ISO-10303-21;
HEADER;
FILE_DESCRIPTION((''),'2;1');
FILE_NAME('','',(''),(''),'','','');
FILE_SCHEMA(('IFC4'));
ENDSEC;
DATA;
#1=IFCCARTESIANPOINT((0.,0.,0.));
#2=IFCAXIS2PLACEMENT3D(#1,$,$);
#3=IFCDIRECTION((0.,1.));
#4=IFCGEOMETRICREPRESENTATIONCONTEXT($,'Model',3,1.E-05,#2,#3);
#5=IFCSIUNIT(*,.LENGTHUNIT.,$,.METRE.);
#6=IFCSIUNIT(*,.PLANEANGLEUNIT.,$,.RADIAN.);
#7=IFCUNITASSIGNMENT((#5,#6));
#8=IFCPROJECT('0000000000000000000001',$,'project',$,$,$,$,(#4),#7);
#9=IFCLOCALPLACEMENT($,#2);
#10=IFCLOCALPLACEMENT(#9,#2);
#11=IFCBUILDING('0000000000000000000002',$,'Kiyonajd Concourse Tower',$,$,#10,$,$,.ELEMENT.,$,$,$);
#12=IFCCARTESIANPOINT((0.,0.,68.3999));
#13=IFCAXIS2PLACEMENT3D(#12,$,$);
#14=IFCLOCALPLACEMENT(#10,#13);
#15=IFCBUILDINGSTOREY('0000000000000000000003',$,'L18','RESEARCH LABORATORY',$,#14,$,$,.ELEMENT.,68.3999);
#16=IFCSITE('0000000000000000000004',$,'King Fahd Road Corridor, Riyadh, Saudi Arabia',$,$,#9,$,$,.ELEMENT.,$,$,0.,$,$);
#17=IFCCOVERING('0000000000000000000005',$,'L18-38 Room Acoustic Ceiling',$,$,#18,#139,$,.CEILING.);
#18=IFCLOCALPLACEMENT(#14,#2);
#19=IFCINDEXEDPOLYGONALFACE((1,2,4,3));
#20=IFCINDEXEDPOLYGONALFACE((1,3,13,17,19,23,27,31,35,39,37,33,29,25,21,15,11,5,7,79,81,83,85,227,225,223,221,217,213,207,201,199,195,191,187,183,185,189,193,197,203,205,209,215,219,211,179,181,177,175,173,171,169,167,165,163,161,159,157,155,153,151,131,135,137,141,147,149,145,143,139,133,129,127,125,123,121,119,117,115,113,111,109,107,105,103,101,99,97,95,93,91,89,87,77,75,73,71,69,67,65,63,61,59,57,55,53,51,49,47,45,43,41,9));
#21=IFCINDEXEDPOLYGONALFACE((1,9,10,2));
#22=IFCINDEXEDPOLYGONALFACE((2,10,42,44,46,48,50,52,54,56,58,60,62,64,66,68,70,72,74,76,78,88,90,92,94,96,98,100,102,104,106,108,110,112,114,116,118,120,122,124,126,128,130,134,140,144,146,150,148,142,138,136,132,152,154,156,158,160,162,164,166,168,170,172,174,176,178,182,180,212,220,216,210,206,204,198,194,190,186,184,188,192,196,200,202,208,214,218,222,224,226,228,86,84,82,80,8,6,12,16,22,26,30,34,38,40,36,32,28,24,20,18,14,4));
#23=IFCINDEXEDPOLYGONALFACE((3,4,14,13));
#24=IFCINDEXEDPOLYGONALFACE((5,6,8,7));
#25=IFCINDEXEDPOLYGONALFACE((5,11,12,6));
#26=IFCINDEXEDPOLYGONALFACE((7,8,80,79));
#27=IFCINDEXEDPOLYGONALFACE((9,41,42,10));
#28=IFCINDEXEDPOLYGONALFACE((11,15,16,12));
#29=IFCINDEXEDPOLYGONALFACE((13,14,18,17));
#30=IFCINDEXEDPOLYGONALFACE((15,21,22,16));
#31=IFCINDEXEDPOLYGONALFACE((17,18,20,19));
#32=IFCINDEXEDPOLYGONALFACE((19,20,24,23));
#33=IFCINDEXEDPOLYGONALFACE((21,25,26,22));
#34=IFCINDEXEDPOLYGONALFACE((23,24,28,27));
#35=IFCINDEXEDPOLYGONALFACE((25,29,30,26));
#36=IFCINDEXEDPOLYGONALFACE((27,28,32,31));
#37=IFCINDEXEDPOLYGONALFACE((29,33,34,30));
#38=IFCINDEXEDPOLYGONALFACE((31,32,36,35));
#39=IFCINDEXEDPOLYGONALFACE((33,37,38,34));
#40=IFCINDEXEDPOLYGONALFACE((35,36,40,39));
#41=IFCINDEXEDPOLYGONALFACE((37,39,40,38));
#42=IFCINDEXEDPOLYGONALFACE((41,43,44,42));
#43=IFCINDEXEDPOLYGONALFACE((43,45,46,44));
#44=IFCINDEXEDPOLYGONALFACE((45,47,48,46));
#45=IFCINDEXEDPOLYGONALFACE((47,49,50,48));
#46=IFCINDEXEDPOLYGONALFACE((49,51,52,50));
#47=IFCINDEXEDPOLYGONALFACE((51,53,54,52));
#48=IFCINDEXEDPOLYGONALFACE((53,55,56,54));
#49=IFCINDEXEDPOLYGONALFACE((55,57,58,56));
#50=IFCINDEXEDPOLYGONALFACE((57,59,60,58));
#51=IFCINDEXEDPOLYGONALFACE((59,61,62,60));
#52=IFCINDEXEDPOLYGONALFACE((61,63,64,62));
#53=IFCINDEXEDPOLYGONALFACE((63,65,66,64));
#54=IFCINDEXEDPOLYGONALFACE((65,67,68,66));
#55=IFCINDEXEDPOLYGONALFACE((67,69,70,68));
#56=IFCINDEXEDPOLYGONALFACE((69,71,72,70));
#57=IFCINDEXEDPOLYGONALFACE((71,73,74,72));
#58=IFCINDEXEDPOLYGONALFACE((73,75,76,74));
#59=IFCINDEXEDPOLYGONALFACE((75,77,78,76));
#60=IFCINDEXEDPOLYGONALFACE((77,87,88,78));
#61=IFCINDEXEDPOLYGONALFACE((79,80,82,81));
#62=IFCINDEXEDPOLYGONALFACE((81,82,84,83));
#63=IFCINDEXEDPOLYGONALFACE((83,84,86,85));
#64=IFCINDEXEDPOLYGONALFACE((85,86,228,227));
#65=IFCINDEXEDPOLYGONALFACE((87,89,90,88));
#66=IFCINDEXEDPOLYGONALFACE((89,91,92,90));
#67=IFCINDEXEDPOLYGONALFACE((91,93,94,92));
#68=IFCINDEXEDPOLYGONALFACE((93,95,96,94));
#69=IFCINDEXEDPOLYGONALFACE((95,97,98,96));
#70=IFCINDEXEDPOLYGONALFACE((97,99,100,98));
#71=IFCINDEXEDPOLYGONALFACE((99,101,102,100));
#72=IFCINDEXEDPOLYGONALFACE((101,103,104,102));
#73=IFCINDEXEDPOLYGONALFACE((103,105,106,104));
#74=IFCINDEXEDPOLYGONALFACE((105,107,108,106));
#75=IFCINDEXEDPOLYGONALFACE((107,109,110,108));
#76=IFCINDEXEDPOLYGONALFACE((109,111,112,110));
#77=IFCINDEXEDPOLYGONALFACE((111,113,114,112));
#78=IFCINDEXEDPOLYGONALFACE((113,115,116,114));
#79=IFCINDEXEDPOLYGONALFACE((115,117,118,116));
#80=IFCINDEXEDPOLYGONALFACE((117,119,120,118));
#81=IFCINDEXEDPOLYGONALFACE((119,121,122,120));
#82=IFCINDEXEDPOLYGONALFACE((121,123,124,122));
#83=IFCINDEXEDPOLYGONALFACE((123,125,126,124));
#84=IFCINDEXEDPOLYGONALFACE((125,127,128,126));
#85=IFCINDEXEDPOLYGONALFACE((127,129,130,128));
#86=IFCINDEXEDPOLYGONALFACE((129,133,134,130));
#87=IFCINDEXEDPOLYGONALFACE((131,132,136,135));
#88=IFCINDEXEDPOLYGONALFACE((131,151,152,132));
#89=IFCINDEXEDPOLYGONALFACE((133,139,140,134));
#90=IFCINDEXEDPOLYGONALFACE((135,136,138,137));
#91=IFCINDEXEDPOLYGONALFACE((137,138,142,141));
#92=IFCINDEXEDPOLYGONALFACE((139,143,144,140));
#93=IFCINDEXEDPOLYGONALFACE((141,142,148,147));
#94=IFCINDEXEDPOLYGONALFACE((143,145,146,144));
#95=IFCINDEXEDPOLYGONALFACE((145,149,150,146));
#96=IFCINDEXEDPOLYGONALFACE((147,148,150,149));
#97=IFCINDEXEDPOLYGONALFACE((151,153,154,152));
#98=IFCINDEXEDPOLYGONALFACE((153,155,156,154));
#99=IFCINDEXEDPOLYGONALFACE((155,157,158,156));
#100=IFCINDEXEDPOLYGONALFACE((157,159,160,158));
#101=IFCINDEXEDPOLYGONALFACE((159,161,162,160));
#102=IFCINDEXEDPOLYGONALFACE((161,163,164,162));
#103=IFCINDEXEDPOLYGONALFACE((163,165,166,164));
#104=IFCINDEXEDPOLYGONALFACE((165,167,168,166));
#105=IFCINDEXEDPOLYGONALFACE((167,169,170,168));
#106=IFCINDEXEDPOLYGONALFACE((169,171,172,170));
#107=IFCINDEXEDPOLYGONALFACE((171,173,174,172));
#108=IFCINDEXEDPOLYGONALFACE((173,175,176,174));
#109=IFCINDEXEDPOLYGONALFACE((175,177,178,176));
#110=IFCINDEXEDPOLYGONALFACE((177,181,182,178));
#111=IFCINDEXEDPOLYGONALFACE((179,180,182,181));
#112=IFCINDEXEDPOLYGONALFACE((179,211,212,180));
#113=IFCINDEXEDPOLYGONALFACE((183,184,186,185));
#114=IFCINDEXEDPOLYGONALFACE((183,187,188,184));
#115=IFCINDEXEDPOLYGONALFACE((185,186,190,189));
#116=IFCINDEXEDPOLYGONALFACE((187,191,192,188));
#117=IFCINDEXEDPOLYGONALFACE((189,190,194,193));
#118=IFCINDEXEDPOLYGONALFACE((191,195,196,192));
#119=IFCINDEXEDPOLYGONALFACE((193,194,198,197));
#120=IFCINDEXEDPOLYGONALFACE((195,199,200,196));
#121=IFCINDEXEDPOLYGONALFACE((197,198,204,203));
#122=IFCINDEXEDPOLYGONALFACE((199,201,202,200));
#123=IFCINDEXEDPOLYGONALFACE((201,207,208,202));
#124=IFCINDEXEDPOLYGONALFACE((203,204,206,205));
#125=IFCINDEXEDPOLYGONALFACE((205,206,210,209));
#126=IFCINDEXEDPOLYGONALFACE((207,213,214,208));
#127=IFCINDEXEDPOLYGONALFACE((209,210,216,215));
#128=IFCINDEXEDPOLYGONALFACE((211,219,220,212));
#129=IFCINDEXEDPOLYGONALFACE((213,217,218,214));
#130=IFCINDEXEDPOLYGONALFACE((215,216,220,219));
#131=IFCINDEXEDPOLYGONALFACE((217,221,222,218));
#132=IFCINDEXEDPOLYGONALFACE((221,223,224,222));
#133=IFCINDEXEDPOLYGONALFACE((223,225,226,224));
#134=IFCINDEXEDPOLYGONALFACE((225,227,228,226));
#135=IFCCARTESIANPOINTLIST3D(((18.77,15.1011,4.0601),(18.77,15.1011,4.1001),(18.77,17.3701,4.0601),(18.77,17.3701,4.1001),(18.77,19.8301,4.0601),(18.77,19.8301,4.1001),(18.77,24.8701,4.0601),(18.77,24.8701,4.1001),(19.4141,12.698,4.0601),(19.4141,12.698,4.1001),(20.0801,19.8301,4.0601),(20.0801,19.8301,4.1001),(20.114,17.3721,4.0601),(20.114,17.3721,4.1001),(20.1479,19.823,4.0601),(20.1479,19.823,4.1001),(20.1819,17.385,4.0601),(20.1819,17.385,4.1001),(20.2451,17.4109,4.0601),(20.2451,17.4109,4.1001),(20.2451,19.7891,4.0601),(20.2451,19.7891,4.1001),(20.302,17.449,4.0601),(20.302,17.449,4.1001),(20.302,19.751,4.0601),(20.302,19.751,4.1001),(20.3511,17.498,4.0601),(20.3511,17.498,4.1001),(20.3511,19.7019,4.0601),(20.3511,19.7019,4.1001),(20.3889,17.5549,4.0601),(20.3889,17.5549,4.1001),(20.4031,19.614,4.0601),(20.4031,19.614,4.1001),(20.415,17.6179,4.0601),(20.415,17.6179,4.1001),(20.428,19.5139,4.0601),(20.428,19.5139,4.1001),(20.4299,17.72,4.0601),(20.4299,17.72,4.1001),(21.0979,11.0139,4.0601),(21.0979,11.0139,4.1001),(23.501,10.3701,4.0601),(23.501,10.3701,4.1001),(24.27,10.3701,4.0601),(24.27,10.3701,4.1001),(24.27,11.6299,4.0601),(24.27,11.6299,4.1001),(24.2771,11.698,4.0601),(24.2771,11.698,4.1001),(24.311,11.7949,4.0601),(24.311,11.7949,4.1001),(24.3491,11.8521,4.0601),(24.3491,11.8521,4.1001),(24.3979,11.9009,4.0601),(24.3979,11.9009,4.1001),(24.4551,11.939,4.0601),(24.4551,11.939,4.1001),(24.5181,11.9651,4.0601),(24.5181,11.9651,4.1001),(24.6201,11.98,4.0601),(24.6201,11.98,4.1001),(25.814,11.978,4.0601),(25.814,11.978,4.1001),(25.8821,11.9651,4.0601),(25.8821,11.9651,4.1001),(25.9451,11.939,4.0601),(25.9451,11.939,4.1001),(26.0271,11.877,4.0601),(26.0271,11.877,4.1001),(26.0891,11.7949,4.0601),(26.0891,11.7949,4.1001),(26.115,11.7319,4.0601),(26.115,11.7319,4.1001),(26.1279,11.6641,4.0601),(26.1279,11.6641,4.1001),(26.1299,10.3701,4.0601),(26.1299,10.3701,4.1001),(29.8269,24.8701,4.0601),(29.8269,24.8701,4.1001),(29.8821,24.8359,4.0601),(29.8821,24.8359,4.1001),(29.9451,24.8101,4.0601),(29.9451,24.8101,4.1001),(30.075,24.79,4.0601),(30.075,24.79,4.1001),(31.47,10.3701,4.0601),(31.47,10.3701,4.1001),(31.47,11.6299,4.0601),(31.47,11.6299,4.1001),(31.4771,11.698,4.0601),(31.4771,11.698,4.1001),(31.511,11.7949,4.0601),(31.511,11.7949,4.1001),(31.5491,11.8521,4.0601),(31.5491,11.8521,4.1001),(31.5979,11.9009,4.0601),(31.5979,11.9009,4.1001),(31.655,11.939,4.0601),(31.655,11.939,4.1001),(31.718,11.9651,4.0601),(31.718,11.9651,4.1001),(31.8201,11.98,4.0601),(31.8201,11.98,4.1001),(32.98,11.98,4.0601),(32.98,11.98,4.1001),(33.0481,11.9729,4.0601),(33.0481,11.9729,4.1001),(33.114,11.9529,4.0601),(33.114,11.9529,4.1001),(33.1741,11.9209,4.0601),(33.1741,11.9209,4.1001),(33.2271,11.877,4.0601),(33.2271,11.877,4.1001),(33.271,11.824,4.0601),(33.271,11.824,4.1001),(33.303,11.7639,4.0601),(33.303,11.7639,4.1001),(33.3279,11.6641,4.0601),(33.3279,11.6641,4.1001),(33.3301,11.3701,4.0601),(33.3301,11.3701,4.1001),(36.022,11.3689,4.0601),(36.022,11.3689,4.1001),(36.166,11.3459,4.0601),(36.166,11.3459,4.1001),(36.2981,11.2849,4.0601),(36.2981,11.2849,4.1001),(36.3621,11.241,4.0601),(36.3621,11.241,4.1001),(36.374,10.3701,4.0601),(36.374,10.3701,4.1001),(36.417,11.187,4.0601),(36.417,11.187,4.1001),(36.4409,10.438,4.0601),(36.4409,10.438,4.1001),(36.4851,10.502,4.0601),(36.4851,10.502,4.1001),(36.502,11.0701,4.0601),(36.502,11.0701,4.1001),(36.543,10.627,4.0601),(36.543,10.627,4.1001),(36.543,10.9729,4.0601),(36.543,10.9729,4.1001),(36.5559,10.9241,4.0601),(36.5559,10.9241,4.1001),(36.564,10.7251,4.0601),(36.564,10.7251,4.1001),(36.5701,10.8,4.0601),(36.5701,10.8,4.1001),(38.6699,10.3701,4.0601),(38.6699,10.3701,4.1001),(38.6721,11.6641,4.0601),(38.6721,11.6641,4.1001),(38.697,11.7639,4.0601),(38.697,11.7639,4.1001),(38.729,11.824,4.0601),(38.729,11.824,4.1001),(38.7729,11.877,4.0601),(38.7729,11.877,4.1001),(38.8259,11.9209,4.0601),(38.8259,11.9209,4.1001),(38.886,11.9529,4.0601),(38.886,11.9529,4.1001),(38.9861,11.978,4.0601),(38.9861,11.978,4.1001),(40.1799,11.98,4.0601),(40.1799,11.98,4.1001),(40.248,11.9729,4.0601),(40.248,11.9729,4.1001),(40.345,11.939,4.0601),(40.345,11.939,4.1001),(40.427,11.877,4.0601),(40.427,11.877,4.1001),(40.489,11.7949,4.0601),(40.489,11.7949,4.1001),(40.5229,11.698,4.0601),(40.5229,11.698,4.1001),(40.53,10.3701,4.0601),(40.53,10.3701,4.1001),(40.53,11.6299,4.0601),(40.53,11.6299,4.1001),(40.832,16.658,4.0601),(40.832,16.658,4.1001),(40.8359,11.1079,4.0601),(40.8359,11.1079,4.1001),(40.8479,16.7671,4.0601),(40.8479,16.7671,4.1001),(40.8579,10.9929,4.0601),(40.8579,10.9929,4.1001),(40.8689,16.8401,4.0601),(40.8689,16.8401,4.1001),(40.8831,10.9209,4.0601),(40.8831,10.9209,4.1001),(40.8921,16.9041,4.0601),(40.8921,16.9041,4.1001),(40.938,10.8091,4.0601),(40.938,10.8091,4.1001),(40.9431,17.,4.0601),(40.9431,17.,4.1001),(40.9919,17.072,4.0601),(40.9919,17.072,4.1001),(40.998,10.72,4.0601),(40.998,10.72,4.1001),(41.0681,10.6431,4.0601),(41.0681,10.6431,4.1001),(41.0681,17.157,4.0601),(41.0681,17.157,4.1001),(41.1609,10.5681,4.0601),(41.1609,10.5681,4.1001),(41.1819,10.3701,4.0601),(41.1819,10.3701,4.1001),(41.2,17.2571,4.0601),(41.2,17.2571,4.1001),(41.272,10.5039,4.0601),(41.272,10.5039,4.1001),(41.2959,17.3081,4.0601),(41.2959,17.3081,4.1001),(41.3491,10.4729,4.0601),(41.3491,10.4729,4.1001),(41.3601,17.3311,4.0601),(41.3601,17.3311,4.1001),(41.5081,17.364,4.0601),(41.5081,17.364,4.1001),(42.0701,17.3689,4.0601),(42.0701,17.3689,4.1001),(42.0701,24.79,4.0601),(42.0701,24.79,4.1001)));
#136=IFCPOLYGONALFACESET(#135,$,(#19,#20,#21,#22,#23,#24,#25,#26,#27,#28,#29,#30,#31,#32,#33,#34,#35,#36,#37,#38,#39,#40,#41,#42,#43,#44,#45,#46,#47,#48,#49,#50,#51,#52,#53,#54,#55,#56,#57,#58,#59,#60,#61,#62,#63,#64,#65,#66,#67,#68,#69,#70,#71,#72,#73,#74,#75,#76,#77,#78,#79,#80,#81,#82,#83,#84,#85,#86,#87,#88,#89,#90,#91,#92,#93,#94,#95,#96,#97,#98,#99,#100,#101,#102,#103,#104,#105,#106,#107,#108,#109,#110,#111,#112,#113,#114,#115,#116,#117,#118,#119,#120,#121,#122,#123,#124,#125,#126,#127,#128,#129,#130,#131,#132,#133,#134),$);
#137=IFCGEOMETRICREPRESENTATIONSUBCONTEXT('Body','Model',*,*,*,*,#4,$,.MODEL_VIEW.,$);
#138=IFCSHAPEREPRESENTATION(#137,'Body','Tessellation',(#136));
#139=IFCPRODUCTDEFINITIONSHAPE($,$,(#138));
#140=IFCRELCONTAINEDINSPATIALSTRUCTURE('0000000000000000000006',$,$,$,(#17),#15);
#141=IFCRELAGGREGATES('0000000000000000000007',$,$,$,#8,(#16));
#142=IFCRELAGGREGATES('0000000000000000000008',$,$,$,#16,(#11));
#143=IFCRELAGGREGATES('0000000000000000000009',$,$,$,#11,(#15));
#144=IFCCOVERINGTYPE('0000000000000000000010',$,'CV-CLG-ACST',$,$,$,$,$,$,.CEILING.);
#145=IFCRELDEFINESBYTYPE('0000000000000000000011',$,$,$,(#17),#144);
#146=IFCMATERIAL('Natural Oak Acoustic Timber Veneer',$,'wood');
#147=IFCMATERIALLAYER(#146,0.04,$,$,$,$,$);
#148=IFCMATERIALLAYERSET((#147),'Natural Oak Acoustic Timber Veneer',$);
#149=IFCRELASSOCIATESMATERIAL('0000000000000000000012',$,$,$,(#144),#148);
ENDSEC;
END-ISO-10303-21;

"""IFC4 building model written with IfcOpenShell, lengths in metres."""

from ifc_helpers import new_model, si_unit, direction, frame, origin, place, context, subcontext, project, spatial, polyline, outline, extrude, material, layer, layer_set, type_object, element, save


model = new_model("IFC4")

# Units and contexts
model_context = context("Model", 3, precision=1e-05, world=origin(), true_north=direction((0.0, 1.0)))
body_context = subcontext(model_context, "Body", "Model", "MODEL_VIEW")
ifc_project = project(units=[si_unit("LENGTHUNIT", "METRE"), si_unit("PLANEANGLEUNIT", "RADIAN")], contexts=[model_context])

# Site, building, storey
site_placement = place(None, origin())
site = spatial("IfcSite", under=ifc_project, at=site_placement, Name="King Fahd Road Corridor, Riyadh, Saudi Arabia", CompositionType="ELEMENT", RefElevation=0.0)
building_placement = place(site_placement, origin())
building = spatial("IfcBuilding", under=site, at=building_placement, Name="Kiyonajd Concourse Tower", CompositionType="ELEMENT")
storey_placement = place(building_placement, frame((0.0, 0.0, 68.3999)))
storey = spatial("IfcBuildingStorey", under=building, at=storey_placement, Name="L18", Description="RESEARCH LABORATORY", CompositionType="ELEMENT", Elevation=68.3999)

# Covering
ifc_material_1 = material(Name="Natural Oak Acoustic Timber Veneer", Category="wood")
ifc_layer_1 = layer(ifc_material_1, 0.04)
ifc_layer_set_1 = layer_set([ifc_layer_1], Name="Natural Oak Acoustic Timber Veneer")
covering_type = type_object("IfcCoveringType", Name="CV-CLG-ACST", PredefinedType="CEILING", material=ifc_layer_set_1)
covering_1_placement = place(storey_placement, frame((0.0, 0.0, 4.0601)))
element("IfcCovering", 1, at=covering_1_placement, inside=storey, type_object=covering_type, Name="L18-38 Room Acoustic Ceiling", PredefinedType="CEILING", context=body_context, shape_type="SweptSolid", body=[
    extrude(outline(polyline([(29.8269, 24.8701), (29.8821, 24.8359), (29.9451, 24.8101), (30.075, 24.79), (42.0701, 24.79), (42.0701, 17.3689), (41.5081, 17.364), (41.3601, 17.3311), (41.2959, 17.3081), (41.2, 17.2571), (41.0681, 17.157), (40.9919, 17.072), (40.9431, 17.0), (40.8921, 16.9041), (40.8689, 16.8401), (40.8479, 16.7671), (40.832, 16.658), (40.8359, 11.1079), (40.8579, 10.9929), (40.8831, 10.9209), (40.938, 10.8091), (40.998, 10.72), (41.0681, 10.6431), (41.1609, 10.5681), (41.272, 10.5039), (41.3491, 10.4729), (41.1819, 10.3701), (40.53, 10.3701), (40.53, 11.6299), (40.5229, 11.698), (40.489, 11.7949), (40.427, 11.877), (40.345, 11.939), (40.248, 11.9729), (40.1799, 11.98), (38.9861, 11.978), (38.886, 11.9529), (38.8259, 11.9209), (38.7729, 11.877), (38.729, 11.824), (38.697, 11.7639), (38.6721, 11.6641), (38.6699, 10.3701), (36.374, 10.3701), (36.4409, 10.438), (36.4851, 10.502), (36.543, 10.627), (36.564, 10.7251), (36.5701, 10.8), (36.5559, 10.9241), (36.543, 10.9729), (36.502, 11.0701), (36.417, 11.187), (36.3621, 11.241), (36.2981, 11.2849), (36.166, 11.3459), (36.022, 11.3689), (33.3301, 11.3701), (33.3279, 11.6641), (33.303, 11.7639), (33.271, 11.824), (33.2271, 11.877), (33.1741, 11.9209), (33.114, 11.9529), (33.0481, 11.9729), (32.98, 11.98), (31.8201, 11.98), (31.718, 11.9651), (31.655, 11.939), (31.5979, 11.9009), (31.5491, 11.8521), (31.511, 11.7949), (31.4771, 11.698), (31.47, 11.6299), (31.47, 10.3701), (26.1299, 10.3701), (26.1279, 11.6641), (26.115, 11.7319), (26.0891, 11.7949), (26.0271, 11.877), (25.9451, 11.939), (25.8821, 11.9651), (25.814, 11.978), (24.6201, 11.98), (24.5181, 11.9651), (24.4551, 11.939), (24.3979, 11.9009), (24.3491, 11.8521), (24.311, 11.7949), (24.2771, 11.698), (24.27, 11.6299), (24.27, 10.3701), (23.501, 10.3701), (21.0979, 11.0139), (19.4141, 12.698), (18.77, 15.1011), (18.77, 17.3701), (20.114, 17.3721), (20.1819, 17.385), (20.2451, 17.4109), (20.302, 17.449), (20.3511, 17.498), (20.3889, 17.5549), (20.415, 17.6179), (20.4299, 17.72), (20.428, 19.5139), (20.4031, 19.614), (20.3511, 19.7019), (20.302, 19.751), (20.2451, 19.7891), (20.1479, 19.823), (20.0801, 19.8301), (18.77, 19.8301), (18.77, 24.8701), (29.8269, 24.8701)])), origin(), (0.0, 0.0, 1.0), 0.04),
])

save(model, "model.ifc")
